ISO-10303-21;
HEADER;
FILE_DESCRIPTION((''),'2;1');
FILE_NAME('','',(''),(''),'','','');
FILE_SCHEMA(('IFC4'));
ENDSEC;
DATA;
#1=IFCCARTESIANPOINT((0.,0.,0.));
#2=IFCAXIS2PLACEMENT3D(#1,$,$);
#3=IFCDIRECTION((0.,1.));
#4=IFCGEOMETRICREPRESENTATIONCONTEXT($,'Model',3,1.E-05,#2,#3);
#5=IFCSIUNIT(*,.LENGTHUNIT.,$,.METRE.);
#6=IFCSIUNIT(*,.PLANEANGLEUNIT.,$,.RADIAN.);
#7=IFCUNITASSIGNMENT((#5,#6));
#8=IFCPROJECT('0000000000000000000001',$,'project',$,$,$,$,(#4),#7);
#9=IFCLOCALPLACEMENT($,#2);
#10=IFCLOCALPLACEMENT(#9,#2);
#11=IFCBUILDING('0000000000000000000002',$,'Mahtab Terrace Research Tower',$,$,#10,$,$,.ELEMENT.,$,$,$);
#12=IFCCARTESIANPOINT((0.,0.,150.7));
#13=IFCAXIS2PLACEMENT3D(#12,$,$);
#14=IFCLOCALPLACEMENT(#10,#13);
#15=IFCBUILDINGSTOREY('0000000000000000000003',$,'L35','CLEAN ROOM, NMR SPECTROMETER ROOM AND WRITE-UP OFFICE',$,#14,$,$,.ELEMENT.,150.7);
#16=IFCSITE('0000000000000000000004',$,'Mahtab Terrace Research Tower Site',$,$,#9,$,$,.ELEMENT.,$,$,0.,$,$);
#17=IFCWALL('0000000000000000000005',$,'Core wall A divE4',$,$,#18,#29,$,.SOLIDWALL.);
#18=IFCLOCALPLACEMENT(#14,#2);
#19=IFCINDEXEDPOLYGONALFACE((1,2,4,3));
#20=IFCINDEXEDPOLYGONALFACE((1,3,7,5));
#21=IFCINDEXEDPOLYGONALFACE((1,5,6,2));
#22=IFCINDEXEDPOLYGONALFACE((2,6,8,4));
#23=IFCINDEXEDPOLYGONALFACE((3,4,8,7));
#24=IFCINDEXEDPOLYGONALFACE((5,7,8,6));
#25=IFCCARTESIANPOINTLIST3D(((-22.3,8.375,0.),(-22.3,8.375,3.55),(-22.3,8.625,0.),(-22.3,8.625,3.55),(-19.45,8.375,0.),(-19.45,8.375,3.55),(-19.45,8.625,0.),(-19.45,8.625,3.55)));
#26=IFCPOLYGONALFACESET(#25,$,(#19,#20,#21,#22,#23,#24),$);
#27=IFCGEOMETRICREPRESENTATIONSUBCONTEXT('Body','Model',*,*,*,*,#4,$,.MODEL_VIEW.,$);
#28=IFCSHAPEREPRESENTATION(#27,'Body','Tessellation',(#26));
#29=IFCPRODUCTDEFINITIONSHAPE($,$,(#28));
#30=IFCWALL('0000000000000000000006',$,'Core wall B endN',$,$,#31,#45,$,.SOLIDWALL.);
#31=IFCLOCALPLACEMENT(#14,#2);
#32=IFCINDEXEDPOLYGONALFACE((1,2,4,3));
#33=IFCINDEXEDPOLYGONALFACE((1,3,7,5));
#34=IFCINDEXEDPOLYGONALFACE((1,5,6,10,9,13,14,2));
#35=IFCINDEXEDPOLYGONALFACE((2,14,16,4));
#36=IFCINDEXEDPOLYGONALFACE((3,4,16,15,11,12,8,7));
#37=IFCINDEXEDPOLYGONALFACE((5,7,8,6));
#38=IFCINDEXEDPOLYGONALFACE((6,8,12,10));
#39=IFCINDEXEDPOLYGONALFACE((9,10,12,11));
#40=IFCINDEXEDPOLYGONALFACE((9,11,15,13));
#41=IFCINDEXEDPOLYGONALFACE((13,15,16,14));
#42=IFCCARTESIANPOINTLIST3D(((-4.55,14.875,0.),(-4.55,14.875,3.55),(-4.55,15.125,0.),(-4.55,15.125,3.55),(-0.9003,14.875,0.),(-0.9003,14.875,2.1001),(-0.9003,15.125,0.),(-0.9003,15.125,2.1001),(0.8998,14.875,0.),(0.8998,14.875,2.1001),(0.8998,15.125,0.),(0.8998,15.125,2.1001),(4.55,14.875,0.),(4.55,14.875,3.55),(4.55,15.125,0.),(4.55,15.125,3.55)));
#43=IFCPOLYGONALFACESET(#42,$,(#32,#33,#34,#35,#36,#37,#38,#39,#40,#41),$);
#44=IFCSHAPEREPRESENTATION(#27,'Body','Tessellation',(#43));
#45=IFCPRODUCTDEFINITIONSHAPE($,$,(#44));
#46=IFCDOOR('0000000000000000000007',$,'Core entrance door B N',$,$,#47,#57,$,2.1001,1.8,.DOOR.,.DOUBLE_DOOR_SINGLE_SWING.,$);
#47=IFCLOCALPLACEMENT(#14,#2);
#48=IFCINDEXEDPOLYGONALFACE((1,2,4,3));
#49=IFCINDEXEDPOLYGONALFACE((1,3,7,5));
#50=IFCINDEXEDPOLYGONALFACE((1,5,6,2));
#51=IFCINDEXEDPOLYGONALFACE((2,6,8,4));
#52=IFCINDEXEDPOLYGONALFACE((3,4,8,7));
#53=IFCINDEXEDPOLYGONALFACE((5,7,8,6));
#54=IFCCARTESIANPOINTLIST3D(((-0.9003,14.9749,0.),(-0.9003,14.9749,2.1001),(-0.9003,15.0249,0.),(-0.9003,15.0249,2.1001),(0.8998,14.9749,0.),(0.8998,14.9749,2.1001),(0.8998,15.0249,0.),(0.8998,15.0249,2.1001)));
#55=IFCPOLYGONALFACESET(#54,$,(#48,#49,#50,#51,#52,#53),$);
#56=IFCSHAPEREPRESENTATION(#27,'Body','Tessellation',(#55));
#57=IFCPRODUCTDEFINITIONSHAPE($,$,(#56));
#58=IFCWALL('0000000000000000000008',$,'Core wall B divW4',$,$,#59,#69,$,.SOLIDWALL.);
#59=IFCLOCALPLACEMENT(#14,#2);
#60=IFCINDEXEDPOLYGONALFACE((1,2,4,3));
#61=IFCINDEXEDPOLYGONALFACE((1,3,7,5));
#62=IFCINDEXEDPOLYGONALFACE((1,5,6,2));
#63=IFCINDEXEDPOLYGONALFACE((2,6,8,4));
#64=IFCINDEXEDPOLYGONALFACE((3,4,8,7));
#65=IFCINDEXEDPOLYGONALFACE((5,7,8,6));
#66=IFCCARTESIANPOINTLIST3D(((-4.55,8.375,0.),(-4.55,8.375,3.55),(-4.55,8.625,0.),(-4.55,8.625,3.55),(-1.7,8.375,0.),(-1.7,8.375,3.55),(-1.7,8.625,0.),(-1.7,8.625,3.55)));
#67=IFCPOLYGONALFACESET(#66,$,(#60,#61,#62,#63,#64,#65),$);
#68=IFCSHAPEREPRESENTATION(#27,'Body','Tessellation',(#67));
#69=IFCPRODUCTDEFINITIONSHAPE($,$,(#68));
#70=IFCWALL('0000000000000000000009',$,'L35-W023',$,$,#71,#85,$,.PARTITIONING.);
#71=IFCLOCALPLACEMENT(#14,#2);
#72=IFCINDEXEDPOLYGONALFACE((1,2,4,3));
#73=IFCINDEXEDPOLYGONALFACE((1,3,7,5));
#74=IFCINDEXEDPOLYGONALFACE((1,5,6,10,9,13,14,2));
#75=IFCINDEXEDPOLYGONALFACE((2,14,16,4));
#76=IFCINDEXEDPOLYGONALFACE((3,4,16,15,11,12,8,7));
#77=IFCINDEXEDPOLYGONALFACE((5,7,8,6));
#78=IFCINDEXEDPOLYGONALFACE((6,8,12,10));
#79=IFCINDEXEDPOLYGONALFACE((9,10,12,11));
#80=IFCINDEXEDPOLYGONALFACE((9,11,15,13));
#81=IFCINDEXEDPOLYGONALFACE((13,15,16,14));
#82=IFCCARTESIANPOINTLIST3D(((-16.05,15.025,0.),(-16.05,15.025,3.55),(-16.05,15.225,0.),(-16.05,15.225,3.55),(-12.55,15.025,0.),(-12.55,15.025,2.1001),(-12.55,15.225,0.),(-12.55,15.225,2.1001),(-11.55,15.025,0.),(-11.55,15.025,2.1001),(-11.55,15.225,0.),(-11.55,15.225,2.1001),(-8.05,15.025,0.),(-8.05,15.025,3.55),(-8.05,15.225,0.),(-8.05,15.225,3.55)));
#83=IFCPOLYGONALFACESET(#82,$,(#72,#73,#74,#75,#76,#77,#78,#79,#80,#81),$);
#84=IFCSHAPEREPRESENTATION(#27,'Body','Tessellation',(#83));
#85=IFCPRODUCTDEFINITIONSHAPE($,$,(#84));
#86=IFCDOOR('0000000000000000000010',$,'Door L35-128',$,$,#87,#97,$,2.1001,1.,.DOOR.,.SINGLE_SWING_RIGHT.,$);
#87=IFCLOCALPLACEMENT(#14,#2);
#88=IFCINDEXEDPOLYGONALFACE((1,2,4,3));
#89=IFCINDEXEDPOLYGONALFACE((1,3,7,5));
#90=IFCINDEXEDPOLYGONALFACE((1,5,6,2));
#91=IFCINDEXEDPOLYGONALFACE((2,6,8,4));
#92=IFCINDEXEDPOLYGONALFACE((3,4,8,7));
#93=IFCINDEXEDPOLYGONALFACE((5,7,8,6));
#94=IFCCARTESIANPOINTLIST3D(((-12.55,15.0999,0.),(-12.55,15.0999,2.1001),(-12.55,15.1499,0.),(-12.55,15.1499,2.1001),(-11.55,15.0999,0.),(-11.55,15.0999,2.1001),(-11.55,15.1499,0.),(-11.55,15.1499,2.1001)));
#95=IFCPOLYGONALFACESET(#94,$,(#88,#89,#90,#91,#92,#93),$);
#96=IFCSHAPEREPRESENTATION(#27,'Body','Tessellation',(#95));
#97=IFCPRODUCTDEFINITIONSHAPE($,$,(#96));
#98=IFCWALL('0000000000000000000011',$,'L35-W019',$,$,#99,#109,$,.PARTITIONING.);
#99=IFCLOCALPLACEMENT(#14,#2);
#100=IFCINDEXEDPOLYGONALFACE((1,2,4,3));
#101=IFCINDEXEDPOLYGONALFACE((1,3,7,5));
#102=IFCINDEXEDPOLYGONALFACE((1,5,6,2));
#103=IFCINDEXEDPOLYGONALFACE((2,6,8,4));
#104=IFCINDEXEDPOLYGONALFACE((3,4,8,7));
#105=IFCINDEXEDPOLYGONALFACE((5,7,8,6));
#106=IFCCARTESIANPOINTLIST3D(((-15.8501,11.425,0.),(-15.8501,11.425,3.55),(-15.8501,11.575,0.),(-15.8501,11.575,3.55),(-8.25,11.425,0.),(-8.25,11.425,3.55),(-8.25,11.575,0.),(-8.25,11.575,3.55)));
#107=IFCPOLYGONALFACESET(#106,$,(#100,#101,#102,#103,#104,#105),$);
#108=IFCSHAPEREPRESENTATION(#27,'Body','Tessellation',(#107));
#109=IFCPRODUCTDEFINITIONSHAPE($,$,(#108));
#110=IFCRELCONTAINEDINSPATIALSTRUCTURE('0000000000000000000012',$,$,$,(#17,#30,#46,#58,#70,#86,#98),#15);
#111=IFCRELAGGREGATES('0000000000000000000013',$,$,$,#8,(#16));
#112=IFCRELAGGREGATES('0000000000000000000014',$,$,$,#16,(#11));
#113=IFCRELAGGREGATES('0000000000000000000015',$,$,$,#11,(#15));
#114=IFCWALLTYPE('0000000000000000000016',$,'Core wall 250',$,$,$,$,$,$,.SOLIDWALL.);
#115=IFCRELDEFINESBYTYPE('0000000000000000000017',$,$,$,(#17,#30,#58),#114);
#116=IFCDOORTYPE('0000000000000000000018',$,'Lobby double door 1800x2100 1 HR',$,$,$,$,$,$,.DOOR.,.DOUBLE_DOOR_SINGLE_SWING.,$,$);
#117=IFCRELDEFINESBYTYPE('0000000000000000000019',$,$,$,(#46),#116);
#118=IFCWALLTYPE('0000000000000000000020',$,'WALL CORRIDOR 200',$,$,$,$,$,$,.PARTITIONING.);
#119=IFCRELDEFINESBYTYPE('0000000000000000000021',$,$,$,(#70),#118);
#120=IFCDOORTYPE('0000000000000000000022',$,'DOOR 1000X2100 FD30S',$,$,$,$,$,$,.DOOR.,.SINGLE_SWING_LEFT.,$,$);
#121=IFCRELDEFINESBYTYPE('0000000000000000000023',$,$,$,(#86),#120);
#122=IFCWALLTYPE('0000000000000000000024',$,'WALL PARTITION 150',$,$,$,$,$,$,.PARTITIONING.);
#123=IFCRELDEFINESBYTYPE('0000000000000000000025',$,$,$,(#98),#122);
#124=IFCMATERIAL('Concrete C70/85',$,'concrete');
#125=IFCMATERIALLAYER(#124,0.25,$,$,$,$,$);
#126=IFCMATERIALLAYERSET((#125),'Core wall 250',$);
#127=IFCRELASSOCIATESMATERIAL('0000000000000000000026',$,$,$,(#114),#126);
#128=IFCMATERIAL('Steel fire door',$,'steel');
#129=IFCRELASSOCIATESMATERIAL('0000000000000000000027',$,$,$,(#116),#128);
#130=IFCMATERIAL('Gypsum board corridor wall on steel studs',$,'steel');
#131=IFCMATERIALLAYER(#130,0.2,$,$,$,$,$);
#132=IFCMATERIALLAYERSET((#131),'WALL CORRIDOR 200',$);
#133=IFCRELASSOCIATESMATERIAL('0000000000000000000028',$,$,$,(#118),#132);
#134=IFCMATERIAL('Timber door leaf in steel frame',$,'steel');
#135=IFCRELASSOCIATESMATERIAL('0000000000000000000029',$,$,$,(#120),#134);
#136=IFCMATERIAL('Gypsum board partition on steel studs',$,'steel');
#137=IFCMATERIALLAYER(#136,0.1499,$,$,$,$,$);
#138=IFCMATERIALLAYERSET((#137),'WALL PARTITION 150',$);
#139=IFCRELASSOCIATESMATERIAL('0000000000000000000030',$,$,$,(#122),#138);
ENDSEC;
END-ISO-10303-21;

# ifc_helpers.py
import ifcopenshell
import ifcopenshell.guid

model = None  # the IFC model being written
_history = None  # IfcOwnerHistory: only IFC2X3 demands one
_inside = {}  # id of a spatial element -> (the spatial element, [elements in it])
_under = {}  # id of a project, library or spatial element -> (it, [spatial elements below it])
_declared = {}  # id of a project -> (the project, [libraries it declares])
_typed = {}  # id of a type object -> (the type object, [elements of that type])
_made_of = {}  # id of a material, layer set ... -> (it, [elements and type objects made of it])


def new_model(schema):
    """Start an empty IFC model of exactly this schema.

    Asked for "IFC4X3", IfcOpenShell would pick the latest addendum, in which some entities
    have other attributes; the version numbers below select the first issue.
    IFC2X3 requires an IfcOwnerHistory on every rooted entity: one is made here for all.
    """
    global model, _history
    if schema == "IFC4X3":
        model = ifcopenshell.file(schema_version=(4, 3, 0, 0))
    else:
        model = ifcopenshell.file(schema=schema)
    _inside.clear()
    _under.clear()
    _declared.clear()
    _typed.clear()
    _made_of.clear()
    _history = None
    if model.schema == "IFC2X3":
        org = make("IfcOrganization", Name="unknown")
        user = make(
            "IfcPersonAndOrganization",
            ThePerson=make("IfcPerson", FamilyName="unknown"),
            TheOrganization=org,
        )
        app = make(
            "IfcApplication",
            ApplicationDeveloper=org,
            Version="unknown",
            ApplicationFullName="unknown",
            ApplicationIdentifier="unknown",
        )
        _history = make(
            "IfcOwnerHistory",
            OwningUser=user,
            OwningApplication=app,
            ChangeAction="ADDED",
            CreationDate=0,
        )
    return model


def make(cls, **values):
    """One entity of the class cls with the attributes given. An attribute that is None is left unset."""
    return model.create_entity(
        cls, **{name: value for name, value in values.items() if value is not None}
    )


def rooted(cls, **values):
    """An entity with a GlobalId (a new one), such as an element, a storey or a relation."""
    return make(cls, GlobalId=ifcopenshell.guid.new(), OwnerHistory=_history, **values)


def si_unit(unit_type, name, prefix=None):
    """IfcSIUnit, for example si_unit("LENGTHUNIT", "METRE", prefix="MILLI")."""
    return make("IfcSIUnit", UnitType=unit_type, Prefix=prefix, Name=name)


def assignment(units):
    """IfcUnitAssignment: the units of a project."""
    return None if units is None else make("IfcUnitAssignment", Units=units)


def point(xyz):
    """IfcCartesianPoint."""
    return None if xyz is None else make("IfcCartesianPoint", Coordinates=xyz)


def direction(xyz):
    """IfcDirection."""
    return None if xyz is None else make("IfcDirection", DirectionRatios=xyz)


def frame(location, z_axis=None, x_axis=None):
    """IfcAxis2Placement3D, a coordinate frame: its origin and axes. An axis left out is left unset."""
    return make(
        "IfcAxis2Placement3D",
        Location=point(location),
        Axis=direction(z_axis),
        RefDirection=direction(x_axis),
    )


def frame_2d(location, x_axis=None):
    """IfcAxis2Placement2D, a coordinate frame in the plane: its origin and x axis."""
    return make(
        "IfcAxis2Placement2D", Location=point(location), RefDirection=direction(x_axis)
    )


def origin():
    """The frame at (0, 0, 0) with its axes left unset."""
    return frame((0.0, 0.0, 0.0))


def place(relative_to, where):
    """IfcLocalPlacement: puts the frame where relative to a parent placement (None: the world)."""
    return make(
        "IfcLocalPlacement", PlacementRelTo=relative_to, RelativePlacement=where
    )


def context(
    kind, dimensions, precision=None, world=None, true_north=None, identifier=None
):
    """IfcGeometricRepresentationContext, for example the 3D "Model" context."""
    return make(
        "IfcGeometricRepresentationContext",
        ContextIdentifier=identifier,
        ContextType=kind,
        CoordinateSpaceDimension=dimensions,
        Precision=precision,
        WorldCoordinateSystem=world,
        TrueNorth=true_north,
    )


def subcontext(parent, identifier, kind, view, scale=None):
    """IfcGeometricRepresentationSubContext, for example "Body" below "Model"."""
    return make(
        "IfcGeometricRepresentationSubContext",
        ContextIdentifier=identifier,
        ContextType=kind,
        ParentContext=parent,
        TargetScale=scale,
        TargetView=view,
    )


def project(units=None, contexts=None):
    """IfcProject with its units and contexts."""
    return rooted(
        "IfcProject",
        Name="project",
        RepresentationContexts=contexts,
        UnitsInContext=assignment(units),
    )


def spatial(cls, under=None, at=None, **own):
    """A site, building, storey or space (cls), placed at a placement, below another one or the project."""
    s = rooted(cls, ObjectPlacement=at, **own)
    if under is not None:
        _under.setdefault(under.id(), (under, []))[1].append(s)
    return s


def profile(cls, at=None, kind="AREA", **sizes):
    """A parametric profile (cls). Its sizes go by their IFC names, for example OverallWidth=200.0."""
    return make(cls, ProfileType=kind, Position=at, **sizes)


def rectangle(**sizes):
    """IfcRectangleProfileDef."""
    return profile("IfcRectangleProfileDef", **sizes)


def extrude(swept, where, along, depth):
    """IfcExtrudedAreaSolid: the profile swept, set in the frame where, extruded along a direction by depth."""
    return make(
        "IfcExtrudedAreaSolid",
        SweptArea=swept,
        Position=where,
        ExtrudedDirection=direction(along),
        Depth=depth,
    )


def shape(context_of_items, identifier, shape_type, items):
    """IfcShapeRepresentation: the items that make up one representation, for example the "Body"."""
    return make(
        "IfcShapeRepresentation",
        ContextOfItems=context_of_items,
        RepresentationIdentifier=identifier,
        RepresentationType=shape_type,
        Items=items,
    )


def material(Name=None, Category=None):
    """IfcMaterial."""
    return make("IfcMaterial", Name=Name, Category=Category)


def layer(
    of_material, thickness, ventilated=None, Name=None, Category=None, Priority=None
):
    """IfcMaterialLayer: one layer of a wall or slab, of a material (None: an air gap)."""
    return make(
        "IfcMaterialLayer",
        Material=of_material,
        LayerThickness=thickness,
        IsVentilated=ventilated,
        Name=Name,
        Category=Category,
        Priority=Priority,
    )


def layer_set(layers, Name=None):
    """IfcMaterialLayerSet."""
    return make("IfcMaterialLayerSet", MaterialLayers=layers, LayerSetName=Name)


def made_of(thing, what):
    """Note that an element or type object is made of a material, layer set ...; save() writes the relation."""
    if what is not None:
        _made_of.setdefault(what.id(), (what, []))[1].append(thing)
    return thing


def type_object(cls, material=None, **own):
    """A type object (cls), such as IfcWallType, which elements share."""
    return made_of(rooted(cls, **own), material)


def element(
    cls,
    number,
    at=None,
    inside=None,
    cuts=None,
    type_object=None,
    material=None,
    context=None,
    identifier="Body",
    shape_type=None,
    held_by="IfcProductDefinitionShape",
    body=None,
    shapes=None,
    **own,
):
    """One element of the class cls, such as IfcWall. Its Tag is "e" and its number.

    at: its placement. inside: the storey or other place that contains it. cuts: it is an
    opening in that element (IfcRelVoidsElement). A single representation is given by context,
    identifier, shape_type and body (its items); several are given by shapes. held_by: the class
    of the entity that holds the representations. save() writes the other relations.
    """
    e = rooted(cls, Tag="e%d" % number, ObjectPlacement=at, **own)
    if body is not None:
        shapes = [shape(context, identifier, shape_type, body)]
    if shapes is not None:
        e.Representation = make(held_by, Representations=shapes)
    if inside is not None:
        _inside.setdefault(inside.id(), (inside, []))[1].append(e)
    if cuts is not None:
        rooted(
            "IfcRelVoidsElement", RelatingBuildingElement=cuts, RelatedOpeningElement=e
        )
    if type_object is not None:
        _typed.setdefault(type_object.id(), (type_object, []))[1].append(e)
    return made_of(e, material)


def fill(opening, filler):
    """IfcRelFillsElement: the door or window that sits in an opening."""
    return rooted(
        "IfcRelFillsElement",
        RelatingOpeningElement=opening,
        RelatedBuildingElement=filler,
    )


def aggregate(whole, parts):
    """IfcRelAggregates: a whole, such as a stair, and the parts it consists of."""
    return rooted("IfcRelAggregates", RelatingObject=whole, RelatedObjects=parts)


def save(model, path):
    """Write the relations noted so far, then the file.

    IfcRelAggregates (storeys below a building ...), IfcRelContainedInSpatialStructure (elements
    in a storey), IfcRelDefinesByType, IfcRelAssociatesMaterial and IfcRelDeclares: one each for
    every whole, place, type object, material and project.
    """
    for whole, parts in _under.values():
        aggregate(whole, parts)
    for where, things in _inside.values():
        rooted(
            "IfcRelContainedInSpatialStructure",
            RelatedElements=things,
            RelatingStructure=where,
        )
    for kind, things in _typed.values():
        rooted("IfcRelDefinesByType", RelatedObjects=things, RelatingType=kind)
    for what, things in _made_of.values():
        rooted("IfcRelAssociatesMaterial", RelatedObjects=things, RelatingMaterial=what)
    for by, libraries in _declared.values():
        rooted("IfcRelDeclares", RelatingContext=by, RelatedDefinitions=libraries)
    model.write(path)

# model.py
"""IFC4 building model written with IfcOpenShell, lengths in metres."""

from ifc_helpers import new_model, si_unit, direction, frame, frame_2d, origin, place, context, subcontext, project, spatial, rectangle, extrude, material, layer, layer_set, type_object, element, fill, save


model = new_model("IFC4")

# Units and contexts
model_context = context("Model", 3, precision=1e-05, world=origin(), true_north=direction((0.0, 1.0)))
body_context = subcontext(model_context, "Body", "Model", "MODEL_VIEW")
ifc_project = project(units=[si_unit("LENGTHUNIT", "METRE"), si_unit("PLANEANGLEUNIT", "RADIAN")], contexts=[model_context])

# Site, building, storey
site_placement = place(None, origin())
site = spatial("IfcSite", under=ifc_project, at=site_placement, Name="Mahtab Terrace Research Tower Site", CompositionType="ELEMENT", RefElevation=0.0)
building_placement = place(site_placement, origin())
building = spatial("IfcBuilding", under=site, at=building_placement, Name="Mahtab Terrace Research Tower", CompositionType="ELEMENT")
storey_placement = place(building_placement, frame((0.0, 0.0, 150.7)))
storey = spatial("IfcBuildingStorey", under=building, at=storey_placement, Name="L35", Description="CLEAN ROOM, NMR SPECTROMETER ROOM AND WRITE-UP OFFICE", CompositionType="ELEMENT", Elevation=150.7)

# Shared definitions
ifc_material_1 = material(Name="Concrete C70/85", Category="concrete")

# Shared definitions
ifc_layer_1 = layer(ifc_material_1, 0.25)
ifc_layer_set_1 = layer_set([ifc_layer_1], Name="Core wall 250")
wall_type_1 = type_object("IfcWallType", Name="Core wall 250", PredefinedType="SOLIDWALL", material=ifc_layer_set_1)
ifc_material_2 = material(Name="Steel fire door", Category="steel")

# Wall
for number, where, z_axis, x_axis, name in (
    (1, (-22.3, 8.5, 0.0), (0.0, 0.0, 1.0), (1.0, 0.0, 0.0), "Core wall A divE4"),
):
    element("IfcWall", number, at=place(storey_placement, frame(where, z_axis=z_axis, x_axis=x_axis)), inside=storey, type_object=wall_type_1, Name=name, PredefinedType="SOLIDWALL", context=body_context, shape_type="SweptSolid", body=[
        extrude(rectangle(XDim=2.8501, YDim=0.25, at=frame_2d((1.425, 0.0))), origin(), (0.0, 0.0, 1.0), 3.55),
    ])

# Wall, opening, door
wall_1_placement = place(storey_placement, frame((-4.55, 15.0, 0.0), z_axis=(0.0, 0.0, 1.0), x_axis=(1.0, 0.0, 0.0)))
wall_1 = element("IfcWall", 2, at=wall_1_placement, inside=storey, type_object=wall_type_1, Name="Core wall B endN", PredefinedType="SOLIDWALL", context=body_context, shape_type="SweptSolid", body=[
    extrude(rectangle(XDim=9.1001, YDim=0.25, at=frame_2d((4.55, 0.0))), origin(), (0.0, 0.0, 1.0), 3.55),
])
opening_1_placement = place(wall_1_placement, frame((3.6499, 0.0, 0.0)))
opening_1 = element("IfcOpeningElement", 3, at=opening_1_placement, cuts=wall_1, PredefinedType="OPENING", context=body_context, shape_type="SweptSolid", body=[
    extrude(rectangle(XDim=1.8, YDim=2.1001, at=frame_2d((0.8999, 1.05))), frame((0.0, 0.135, 0.0), z_axis=(0.0, -1.0, 0.0), x_axis=(1.0, 0.0, 0.0)), (0.0, 0.0, 1.0), 0.27),
])
door_type_1 = type_object("IfcDoorType", Name="Lobby double door 1800x2100 1 HR", OperationType="DOUBLE_DOOR_SINGLE_SWING", PredefinedType="DOOR", material=ifc_material_2)
door_1_placement = place(opening_1_placement, origin())
door_1 = element("IfcDoor", 4, at=door_1_placement, inside=storey, type_object=door_type_1, Name="Core entrance door B N", OperationType="DOUBLE_DOOR_SINGLE_SWING", OverallHeight=2.1001, OverallWidth=1.8, PredefinedType="DOOR", context=body_context, shape_type="SweptSolid", body=[
    extrude(rectangle(XDim=1.8, YDim=2.1001, at=frame_2d((0.8999, 1.05))), frame((0.0, 0.0249, 0.0), z_axis=(0.0, -1.0, 0.0), x_axis=(1.0, 0.0, 0.0)), (0.0, 0.0, 1.0), 0.05),
])
fill(opening_1, door_1)

# Wall
wall_2_placement = place(storey_placement, frame((-4.55, 8.5, 0.0), z_axis=(0.0, 0.0, 1.0), x_axis=(1.0, 0.0, 0.0)))
element("IfcWall", 5, at=wall_2_placement, inside=storey, type_object=wall_type_1, Name="Core wall B divW4", PredefinedType="SOLIDWALL", context=body_context, shape_type="SweptSolid", body=[
    extrude(rectangle(XDim=2.8501, YDim=0.25, at=frame_2d((1.425, 0.0))), origin(), (0.0, 0.0, 1.0), 3.55),
])

# Wall, opening, door
ifc_material_3 = material(Name="Gypsum board corridor wall on steel studs", Category="steel")
ifc_layer_2 = layer(ifc_material_3, 0.2)
ifc_layer_set_2 = layer_set([ifc_layer_2], Name="WALL CORRIDOR 200")
wall_type_2 = type_object("IfcWallType", Name="WALL CORRIDOR 200", PredefinedType="PARTITIONING", material=ifc_layer_set_2)
wall_3_placement = place(storey_placement, frame((-16.05, 15.125, 0.0), z_axis=(0.0, 0.0, 1.0), x_axis=(1.0, 0.0, 0.0)))
wall_3 = element("IfcWall", 6, at=wall_3_placement, inside=storey, type_object=wall_type_2, Name="L35-W023", PredefinedType="PARTITIONING", context=body_context, shape_type="SweptSolid", body=[
    extrude(rectangle(XDim=8.0, YDim=0.2, at=frame_2d((4.0, 0.0))), origin(), (0.0, 0.0, 1.0), 3.55),
])
opening_2_placement = place(wall_3_placement, frame((3.5, 0.0, 0.0)))
opening_2 = element("IfcOpeningElement", 7, at=opening_2_placement, cuts=wall_3, PredefinedType="OPENING", context=body_context, shape_type="SweptSolid", body=[
    extrude(rectangle(XDim=1.0, YDim=2.1001, at=frame_2d((0.5, 1.05))), frame((0.0, 0.1099, 0.0), z_axis=(0.0, -1.0, 0.0), x_axis=(1.0, 0.0, 0.0)), (0.0, 0.0, 1.0), 0.22),
])
ifc_material_4 = material(Name="Timber door leaf in steel frame", Category="steel")
door_type_2 = type_object("IfcDoorType", Name="DOOR 1000X2100 FD30S", OperationType="SINGLE_SWING_LEFT", PredefinedType="DOOR", material=ifc_material_4)
door_2_placement = place(opening_2_placement, origin())
door_2 = element("IfcDoor", 8, at=door_2_placement, inside=storey, type_object=door_type_2, Name="Door L35-128", OperationType="SINGLE_SWING_RIGHT", OverallHeight=2.1001, OverallWidth=1.0, PredefinedType="DOOR", context=body_context, shape_type="SweptSolid", body=[
    extrude(rectangle(XDim=1.0, YDim=2.1001, at=frame_2d((0.5, 1.05))), frame((0.0, 0.0249, 0.0), z_axis=(0.0, -1.0, 0.0), x_axis=(1.0, 0.0, 0.0)), (0.0, 0.0, 1.0), 0.05),
])
fill(opening_2, door_2)

# Wall
ifc_material_5 = material(Name="Gypsum board partition on steel studs", Category="steel")
ifc_layer_3 = layer(ifc_material_5, 0.1499)
ifc_layer_set_3 = layer_set([ifc_layer_3], Name="WALL PARTITION 150")
wall_type_3 = type_object("IfcWallType", Name="WALL PARTITION 150", PredefinedType="PARTITIONING", material=ifc_layer_set_3)
wall_4_placement = place(storey_placement, frame((-15.8501, 11.5, 0.0), z_axis=(0.0, 0.0, 1.0), x_axis=(1.0, 0.0, 0.0)))
element("IfcWall", 9, at=wall_4_placement, inside=storey, type_object=wall_type_3, Name="L35-W019", PredefinedType="PARTITIONING", context=body_context, shape_type="SweptSolid", body=[
    extrude(rectangle(XDim=7.6001, YDim=0.1499, at=frame_2d((3.8, 0.0))), origin(), (0.0, 0.0, 1.0), 3.55),
])

save(model, "model.ifc")
